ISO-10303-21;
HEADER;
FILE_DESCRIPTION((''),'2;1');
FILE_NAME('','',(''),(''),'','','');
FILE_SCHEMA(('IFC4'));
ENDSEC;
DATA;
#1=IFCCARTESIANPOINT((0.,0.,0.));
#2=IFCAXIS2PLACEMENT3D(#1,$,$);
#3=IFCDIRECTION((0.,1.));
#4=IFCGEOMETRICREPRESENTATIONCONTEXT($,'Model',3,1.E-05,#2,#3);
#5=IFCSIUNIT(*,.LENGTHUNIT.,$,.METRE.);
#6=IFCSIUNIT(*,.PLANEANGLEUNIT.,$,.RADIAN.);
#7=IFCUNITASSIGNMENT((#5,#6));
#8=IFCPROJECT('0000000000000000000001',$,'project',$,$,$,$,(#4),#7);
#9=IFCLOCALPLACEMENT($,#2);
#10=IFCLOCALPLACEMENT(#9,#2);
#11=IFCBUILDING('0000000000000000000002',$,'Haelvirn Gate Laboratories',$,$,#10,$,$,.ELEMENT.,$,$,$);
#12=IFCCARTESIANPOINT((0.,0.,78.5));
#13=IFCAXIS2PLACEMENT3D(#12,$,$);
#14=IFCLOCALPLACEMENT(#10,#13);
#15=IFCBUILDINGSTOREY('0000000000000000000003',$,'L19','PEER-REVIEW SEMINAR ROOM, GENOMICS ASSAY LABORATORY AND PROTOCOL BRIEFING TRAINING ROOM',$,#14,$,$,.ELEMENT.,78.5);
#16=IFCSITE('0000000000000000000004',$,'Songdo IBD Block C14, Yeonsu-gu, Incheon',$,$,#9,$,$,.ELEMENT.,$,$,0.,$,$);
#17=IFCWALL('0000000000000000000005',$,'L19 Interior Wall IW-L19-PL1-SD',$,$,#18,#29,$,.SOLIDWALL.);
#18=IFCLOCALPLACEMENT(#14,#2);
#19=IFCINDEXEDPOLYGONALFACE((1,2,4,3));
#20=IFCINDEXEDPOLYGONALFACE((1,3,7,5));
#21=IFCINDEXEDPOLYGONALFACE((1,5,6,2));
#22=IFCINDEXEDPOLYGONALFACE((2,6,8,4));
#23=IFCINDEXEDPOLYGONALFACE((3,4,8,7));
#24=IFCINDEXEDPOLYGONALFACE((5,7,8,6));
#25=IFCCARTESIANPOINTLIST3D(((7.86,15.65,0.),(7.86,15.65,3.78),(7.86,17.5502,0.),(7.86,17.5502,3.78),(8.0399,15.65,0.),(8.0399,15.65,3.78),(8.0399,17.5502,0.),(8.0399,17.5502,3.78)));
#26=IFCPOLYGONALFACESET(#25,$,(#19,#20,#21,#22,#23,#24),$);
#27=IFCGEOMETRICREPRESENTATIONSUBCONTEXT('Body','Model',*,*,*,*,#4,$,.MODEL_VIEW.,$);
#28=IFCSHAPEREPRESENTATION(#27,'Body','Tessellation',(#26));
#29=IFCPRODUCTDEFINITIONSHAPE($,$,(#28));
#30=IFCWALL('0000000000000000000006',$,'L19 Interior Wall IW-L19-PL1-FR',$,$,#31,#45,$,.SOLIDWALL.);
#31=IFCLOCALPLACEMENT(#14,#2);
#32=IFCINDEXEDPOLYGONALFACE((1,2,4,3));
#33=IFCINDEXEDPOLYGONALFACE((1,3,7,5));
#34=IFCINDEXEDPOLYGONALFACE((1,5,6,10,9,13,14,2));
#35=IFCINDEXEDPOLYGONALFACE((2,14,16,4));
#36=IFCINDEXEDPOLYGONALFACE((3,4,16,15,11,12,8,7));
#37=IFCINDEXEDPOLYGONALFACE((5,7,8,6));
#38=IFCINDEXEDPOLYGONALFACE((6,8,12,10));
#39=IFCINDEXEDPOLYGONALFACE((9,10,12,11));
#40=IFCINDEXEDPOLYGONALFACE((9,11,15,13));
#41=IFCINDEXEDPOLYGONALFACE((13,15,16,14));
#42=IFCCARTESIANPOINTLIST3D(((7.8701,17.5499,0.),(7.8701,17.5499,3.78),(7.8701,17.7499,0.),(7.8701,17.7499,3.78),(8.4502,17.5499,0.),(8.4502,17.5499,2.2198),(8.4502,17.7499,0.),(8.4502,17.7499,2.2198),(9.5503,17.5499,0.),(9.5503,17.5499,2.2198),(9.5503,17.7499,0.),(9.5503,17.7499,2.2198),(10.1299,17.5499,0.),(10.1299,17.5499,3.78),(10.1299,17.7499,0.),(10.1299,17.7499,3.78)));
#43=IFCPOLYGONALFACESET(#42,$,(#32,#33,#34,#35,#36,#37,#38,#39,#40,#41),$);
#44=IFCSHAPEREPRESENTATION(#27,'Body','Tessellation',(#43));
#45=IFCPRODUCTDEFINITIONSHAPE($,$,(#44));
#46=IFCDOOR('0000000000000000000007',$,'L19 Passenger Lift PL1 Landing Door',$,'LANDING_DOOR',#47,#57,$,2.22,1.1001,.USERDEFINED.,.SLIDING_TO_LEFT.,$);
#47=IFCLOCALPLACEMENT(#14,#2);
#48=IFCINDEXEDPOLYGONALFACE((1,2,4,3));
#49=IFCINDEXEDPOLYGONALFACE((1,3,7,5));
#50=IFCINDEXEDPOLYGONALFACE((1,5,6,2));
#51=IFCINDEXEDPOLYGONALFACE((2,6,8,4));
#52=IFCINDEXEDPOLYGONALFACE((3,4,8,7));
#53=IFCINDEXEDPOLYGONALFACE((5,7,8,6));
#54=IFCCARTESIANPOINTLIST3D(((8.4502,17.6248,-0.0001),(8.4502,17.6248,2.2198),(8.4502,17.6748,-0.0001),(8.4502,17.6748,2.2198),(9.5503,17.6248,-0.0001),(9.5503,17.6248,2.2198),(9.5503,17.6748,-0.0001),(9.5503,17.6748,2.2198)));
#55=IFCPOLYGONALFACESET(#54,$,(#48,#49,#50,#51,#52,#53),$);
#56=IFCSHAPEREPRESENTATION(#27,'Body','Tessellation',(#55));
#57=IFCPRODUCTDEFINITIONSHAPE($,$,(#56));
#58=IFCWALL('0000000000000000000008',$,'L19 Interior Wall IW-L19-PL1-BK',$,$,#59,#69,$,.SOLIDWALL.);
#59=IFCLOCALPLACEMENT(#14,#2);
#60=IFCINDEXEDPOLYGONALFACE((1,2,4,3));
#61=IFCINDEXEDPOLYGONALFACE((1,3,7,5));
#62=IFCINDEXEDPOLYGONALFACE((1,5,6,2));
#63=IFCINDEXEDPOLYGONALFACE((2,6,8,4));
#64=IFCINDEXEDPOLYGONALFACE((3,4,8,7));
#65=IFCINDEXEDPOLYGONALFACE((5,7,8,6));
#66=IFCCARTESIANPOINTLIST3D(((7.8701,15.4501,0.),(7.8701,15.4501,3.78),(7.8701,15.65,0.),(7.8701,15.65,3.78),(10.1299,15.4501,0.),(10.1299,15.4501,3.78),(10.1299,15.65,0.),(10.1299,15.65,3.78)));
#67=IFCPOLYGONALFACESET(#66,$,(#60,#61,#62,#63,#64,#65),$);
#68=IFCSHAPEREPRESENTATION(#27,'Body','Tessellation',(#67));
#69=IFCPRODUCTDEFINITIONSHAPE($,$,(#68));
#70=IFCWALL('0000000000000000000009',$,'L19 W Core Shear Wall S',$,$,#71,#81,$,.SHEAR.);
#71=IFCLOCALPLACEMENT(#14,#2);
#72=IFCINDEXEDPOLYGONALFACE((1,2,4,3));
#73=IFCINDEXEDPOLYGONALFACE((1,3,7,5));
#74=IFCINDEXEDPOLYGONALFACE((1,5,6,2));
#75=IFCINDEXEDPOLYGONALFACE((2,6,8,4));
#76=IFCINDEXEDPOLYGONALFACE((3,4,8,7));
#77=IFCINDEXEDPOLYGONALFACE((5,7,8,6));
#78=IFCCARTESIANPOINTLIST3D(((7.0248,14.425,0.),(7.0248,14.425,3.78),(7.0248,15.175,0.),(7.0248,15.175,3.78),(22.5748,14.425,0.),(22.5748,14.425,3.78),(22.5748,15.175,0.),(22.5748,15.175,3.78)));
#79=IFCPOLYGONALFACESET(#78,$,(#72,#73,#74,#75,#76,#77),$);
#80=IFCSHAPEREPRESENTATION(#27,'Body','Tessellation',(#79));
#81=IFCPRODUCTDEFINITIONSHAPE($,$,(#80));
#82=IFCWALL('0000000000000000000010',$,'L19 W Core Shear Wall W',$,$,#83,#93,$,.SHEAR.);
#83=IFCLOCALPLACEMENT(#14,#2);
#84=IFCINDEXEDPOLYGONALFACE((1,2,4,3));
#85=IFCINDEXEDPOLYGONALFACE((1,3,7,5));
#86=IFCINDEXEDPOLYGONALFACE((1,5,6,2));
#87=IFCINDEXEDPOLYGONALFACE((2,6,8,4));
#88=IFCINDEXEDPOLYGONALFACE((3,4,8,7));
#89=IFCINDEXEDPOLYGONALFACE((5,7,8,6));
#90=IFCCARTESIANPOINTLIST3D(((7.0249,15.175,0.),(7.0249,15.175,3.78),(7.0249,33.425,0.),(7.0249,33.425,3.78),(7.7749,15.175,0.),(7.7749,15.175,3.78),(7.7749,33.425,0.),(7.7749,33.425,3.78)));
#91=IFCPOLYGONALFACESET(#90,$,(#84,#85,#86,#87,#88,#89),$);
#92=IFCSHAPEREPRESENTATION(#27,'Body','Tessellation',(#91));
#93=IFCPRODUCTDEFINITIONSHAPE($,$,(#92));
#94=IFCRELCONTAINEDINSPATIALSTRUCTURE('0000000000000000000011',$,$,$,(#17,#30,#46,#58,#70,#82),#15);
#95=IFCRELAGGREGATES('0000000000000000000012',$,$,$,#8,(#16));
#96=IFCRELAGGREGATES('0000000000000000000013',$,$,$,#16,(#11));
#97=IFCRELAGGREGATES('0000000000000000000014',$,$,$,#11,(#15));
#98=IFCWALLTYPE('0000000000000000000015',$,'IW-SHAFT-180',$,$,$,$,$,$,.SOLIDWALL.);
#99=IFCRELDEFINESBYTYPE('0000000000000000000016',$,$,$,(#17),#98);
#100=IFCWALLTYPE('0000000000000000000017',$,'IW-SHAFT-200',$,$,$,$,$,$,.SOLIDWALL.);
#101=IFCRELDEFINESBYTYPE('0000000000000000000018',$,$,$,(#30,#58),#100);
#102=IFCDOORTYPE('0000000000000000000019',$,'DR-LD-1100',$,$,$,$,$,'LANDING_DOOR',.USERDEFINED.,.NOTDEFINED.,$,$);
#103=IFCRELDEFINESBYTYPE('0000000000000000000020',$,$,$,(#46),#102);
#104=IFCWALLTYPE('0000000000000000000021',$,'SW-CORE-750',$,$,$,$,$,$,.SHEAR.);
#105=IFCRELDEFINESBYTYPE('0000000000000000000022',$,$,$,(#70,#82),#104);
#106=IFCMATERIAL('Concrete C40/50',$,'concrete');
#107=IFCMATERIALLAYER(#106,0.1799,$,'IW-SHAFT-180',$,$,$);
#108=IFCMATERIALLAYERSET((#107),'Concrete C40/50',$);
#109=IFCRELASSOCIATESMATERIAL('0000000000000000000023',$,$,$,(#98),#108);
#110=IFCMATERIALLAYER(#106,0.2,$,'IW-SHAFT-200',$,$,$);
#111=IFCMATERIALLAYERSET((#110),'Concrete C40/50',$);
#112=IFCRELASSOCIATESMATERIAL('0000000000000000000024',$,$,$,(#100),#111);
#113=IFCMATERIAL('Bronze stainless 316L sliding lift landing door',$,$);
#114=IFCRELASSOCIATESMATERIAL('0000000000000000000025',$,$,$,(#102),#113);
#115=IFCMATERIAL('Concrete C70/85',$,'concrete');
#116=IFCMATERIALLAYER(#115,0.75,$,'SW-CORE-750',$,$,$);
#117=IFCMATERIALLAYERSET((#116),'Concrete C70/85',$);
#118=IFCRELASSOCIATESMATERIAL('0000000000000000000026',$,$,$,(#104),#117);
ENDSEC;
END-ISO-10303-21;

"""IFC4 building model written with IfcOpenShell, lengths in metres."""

from ifc_helpers import new_model, si_unit, direction, frame, frame_2d, origin, place, context, subcontext, project, spatial, rectangle, extrude, source, transform, mapped, material, layer, layer_set, type_object, type_shapes, element, fill, save


model = new_model("IFC4")

# Units and contexts
model_context = context("Model", 3, precision=1e-05, world=origin(), true_north=direction((0.0, 1.0)))
body_context = subcontext(model_context, "Body", "Model", "MODEL_VIEW")
ifc_project = project(units=[si_unit("LENGTHUNIT", "METRE"), si_unit("PLANEANGLEUNIT", "RADIAN")], contexts=[model_context])

# Site, building, storey
site_placement = place(None, origin())
site = spatial("IfcSite", under=ifc_project, at=site_placement, Name="Songdo IBD Block C14, Yeonsu-gu, Incheon", CompositionType="ELEMENT", RefElevation=0.0)
building_placement = place(site_placement, origin())
building = spatial("IfcBuilding", under=site, at=building_placement, Name="Haelvirn Gate Laboratories", CompositionType="ELEMENT")
storey_placement = place(building_placement, frame((0.0, 0.0, 78.5)))
storey = spatial("IfcBuildingStorey", under=building, at=storey_placement, Name="L19", Description="PEER-REVIEW SEMINAR ROOM, GENOMICS ASSAY LABORATORY AND PROTOCOL BRIEFING TRAINING ROOM", CompositionType="ELEMENT", Elevation=78.5)

# Shared definitions
ifc_material_1 = material(Name="Concrete C70/85", Category="concrete")

# Wall
ifc_material_2 = material(Name="Concrete C40/50", Category="concrete")
ifc_layer_1 = layer(ifc_material_2, 0.1799, Name="IW-SHAFT-180")
ifc_layer_set_1 = layer_set([ifc_layer_1], Name="Concrete C40/50")
wall_type_1 = type_object("IfcWallType", Name="IW-SHAFT-180", PredefinedType="SOLIDWALL", material=ifc_layer_set_1)
wall_1_placement = place(storey_placement, frame((7.95, 15.6499, 0.0), z_axis=(0.0, 0.0, 1.0), x_axis=(0.0, 1.0, 0.0)))
element("IfcWall", 1, at=wall_1_placement, inside=storey, type_object=wall_type_1, Name="L19 Interior Wall IW-L19-PL1-SD", PredefinedType="SOLIDWALL", context=body_context, shape_type="SweptSolid", body=[
    extrude(rectangle(XDim=1.9001, YDim=0.1799, at=frame_2d((0.9502, 0.0))), origin(), (0.0, 0.0, 1.0), 3.78),
])

# Wall, opening, door
ifc_layer_2 = layer(ifc_material_2, 0.2, Name="IW-SHAFT-200")
ifc_layer_set_2 = layer_set([ifc_layer_2], Name="Concrete C40/50")
wall_type_2 = type_object("IfcWallType", Name="IW-SHAFT-200", PredefinedType="SOLIDWALL", material=ifc_layer_set_2)
wall_2_placement = place(storey_placement, frame((7.8701, 17.6499, 0.0), z_axis=(0.0, 0.0, 1.0), x_axis=(1.0, 0.0, 0.0)))
wall_2 = element("IfcWall", 2, at=wall_2_placement, inside=storey, type_object=wall_type_2, Name="L19 Interior Wall IW-L19-PL1-FR", PredefinedType="SOLIDWALL", context=body_context, shape_type="SweptSolid", body=[
    extrude(rectangle(XDim=2.2598, YDim=0.2, at=frame_2d((1.1299, 0.0))), origin(), (0.0, 0.0, 1.0), 3.78),
])
opening_1_placement = place(wall_2_placement, frame((0.5801, 0.0, 0.0)))
opening_1 = element("IfcOpeningElement", 3, at=opening_1_placement, cuts=wall_2, PredefinedType="OPENING", context=body_context, shape_type="SweptSolid", body=[
    extrude(rectangle(XDim=1.1001, YDim=2.22, at=frame_2d((0.55, 1.1099))), frame((0.0, 0.1099, 0.0), z_axis=(0.0, -1.0, 0.0), x_axis=(1.0, 0.0, 0.0)), (0.0, 0.0, 1.0), 0.22),
])
ifc_material_3 = material(Name="Bronze stainless 316L sliding lift landing door")
door_type_1 = type_object("IfcDoorType", Name="DR-LD-1100", ElementType="LANDING_DOOR", OperationType="NOTDEFINED", PredefinedType="USERDEFINED", material=ifc_material_3)
shared_shape_1 = source(origin(), body_context, "Body", "SweptSolid", [
    extrude(rectangle(XDim=1.1001, YDim=2.22, at=frame_2d((0.55, 1.1099))), frame((0.0, 0.0249, 0.0), z_axis=(0.0, -1.0, 0.0), x_axis=(1.0, 0.0, 0.0)), (0.0, 0.0, 1.0), 0.05),
])
type_shapes(door_type_1, [shared_shape_1])
door_1_placement = place(opening_1_placement, origin())
door_1 = element("IfcDoor", 4, at=door_1_placement, inside=storey, type_object=door_type_1, Name="L19 Passenger Lift PL1 Landing Door", ObjectType="LANDING_DOOR", OperationType="SLIDING_TO_LEFT", OverallHeight=2.22, OverallWidth=1.1001, PredefinedType="USERDEFINED", context=body_context, shape_type="MappedRepresentation", body=[
    mapped(shared_shape_1, transform((0.0, 0.0, 0.0), scale=1.0)),
])
fill(opening_1, door_1)

# Walls
wall_3_placement = place(storey_placement, frame((7.8701, 15.55, 0.0), z_axis=(0.0, 0.0, 1.0), x_axis=(1.0, 0.0, 0.0)))
element("IfcWall", 5, at=wall_3_placement, inside=storey, type_object=wall_type_2, Name="L19 Interior Wall IW-L19-PL1-BK", PredefinedType="SOLIDWALL", context=body_context, shape_type="SweptSolid", body=[
    extrude(rectangle(XDim=2.2598, YDim=0.2, at=frame_2d((1.1299, 0.0))), origin(), (0.0, 0.0, 1.0), 3.78),
])
ifc_layer_3 = layer(ifc_material_1, 0.75, Name="SW-CORE-750")
ifc_layer_set_3 = layer_set([ifc_layer_3], Name="Concrete C70/85")
wall_type_3 = type_object("IfcWallType", Name="SW-CORE-750", PredefinedType="SHEAR", material=ifc_layer_set_3)
wall_4_placement = place(storey_placement, frame((7.0249, 14.8, 0.0), z_axis=(0.0, 0.0, 1.0), x_axis=(1.0, 0.0, 0.0)))
element("IfcWall", 6, at=wall_4_placement, inside=storey, type_object=wall_type_3, Name="L19 W Core Shear Wall S", PredefinedType="SHEAR", context=body_context, shape_type="SweptSolid", body=[
    extrude(rectangle(XDim=15.55, YDim=0.75, at=frame_2d((7.7749, 0.0))), origin(), (0.0, 0.0, 1.0), 3.78),
])
wall_5_placement = place(storey_placement, frame((7.3999, 15.175, 0.0), z_axis=(0.0, 0.0, 1.0), x_axis=(0.0, 1.0, 0.0)))
element("IfcWall", 7, at=wall_5_placement, inside=storey, type_object=wall_type_3, Name="L19 W Core Shear Wall W", PredefinedType="SHEAR", context=body_context, shape_type="SweptSolid", body=[
    extrude(rectangle(XDim=18.25, YDim=0.75, at=frame_2d((9.125, 0.0))), origin(), (0.0, 0.0, 1.0), 3.78),
])

save(model, "model.ifc")
